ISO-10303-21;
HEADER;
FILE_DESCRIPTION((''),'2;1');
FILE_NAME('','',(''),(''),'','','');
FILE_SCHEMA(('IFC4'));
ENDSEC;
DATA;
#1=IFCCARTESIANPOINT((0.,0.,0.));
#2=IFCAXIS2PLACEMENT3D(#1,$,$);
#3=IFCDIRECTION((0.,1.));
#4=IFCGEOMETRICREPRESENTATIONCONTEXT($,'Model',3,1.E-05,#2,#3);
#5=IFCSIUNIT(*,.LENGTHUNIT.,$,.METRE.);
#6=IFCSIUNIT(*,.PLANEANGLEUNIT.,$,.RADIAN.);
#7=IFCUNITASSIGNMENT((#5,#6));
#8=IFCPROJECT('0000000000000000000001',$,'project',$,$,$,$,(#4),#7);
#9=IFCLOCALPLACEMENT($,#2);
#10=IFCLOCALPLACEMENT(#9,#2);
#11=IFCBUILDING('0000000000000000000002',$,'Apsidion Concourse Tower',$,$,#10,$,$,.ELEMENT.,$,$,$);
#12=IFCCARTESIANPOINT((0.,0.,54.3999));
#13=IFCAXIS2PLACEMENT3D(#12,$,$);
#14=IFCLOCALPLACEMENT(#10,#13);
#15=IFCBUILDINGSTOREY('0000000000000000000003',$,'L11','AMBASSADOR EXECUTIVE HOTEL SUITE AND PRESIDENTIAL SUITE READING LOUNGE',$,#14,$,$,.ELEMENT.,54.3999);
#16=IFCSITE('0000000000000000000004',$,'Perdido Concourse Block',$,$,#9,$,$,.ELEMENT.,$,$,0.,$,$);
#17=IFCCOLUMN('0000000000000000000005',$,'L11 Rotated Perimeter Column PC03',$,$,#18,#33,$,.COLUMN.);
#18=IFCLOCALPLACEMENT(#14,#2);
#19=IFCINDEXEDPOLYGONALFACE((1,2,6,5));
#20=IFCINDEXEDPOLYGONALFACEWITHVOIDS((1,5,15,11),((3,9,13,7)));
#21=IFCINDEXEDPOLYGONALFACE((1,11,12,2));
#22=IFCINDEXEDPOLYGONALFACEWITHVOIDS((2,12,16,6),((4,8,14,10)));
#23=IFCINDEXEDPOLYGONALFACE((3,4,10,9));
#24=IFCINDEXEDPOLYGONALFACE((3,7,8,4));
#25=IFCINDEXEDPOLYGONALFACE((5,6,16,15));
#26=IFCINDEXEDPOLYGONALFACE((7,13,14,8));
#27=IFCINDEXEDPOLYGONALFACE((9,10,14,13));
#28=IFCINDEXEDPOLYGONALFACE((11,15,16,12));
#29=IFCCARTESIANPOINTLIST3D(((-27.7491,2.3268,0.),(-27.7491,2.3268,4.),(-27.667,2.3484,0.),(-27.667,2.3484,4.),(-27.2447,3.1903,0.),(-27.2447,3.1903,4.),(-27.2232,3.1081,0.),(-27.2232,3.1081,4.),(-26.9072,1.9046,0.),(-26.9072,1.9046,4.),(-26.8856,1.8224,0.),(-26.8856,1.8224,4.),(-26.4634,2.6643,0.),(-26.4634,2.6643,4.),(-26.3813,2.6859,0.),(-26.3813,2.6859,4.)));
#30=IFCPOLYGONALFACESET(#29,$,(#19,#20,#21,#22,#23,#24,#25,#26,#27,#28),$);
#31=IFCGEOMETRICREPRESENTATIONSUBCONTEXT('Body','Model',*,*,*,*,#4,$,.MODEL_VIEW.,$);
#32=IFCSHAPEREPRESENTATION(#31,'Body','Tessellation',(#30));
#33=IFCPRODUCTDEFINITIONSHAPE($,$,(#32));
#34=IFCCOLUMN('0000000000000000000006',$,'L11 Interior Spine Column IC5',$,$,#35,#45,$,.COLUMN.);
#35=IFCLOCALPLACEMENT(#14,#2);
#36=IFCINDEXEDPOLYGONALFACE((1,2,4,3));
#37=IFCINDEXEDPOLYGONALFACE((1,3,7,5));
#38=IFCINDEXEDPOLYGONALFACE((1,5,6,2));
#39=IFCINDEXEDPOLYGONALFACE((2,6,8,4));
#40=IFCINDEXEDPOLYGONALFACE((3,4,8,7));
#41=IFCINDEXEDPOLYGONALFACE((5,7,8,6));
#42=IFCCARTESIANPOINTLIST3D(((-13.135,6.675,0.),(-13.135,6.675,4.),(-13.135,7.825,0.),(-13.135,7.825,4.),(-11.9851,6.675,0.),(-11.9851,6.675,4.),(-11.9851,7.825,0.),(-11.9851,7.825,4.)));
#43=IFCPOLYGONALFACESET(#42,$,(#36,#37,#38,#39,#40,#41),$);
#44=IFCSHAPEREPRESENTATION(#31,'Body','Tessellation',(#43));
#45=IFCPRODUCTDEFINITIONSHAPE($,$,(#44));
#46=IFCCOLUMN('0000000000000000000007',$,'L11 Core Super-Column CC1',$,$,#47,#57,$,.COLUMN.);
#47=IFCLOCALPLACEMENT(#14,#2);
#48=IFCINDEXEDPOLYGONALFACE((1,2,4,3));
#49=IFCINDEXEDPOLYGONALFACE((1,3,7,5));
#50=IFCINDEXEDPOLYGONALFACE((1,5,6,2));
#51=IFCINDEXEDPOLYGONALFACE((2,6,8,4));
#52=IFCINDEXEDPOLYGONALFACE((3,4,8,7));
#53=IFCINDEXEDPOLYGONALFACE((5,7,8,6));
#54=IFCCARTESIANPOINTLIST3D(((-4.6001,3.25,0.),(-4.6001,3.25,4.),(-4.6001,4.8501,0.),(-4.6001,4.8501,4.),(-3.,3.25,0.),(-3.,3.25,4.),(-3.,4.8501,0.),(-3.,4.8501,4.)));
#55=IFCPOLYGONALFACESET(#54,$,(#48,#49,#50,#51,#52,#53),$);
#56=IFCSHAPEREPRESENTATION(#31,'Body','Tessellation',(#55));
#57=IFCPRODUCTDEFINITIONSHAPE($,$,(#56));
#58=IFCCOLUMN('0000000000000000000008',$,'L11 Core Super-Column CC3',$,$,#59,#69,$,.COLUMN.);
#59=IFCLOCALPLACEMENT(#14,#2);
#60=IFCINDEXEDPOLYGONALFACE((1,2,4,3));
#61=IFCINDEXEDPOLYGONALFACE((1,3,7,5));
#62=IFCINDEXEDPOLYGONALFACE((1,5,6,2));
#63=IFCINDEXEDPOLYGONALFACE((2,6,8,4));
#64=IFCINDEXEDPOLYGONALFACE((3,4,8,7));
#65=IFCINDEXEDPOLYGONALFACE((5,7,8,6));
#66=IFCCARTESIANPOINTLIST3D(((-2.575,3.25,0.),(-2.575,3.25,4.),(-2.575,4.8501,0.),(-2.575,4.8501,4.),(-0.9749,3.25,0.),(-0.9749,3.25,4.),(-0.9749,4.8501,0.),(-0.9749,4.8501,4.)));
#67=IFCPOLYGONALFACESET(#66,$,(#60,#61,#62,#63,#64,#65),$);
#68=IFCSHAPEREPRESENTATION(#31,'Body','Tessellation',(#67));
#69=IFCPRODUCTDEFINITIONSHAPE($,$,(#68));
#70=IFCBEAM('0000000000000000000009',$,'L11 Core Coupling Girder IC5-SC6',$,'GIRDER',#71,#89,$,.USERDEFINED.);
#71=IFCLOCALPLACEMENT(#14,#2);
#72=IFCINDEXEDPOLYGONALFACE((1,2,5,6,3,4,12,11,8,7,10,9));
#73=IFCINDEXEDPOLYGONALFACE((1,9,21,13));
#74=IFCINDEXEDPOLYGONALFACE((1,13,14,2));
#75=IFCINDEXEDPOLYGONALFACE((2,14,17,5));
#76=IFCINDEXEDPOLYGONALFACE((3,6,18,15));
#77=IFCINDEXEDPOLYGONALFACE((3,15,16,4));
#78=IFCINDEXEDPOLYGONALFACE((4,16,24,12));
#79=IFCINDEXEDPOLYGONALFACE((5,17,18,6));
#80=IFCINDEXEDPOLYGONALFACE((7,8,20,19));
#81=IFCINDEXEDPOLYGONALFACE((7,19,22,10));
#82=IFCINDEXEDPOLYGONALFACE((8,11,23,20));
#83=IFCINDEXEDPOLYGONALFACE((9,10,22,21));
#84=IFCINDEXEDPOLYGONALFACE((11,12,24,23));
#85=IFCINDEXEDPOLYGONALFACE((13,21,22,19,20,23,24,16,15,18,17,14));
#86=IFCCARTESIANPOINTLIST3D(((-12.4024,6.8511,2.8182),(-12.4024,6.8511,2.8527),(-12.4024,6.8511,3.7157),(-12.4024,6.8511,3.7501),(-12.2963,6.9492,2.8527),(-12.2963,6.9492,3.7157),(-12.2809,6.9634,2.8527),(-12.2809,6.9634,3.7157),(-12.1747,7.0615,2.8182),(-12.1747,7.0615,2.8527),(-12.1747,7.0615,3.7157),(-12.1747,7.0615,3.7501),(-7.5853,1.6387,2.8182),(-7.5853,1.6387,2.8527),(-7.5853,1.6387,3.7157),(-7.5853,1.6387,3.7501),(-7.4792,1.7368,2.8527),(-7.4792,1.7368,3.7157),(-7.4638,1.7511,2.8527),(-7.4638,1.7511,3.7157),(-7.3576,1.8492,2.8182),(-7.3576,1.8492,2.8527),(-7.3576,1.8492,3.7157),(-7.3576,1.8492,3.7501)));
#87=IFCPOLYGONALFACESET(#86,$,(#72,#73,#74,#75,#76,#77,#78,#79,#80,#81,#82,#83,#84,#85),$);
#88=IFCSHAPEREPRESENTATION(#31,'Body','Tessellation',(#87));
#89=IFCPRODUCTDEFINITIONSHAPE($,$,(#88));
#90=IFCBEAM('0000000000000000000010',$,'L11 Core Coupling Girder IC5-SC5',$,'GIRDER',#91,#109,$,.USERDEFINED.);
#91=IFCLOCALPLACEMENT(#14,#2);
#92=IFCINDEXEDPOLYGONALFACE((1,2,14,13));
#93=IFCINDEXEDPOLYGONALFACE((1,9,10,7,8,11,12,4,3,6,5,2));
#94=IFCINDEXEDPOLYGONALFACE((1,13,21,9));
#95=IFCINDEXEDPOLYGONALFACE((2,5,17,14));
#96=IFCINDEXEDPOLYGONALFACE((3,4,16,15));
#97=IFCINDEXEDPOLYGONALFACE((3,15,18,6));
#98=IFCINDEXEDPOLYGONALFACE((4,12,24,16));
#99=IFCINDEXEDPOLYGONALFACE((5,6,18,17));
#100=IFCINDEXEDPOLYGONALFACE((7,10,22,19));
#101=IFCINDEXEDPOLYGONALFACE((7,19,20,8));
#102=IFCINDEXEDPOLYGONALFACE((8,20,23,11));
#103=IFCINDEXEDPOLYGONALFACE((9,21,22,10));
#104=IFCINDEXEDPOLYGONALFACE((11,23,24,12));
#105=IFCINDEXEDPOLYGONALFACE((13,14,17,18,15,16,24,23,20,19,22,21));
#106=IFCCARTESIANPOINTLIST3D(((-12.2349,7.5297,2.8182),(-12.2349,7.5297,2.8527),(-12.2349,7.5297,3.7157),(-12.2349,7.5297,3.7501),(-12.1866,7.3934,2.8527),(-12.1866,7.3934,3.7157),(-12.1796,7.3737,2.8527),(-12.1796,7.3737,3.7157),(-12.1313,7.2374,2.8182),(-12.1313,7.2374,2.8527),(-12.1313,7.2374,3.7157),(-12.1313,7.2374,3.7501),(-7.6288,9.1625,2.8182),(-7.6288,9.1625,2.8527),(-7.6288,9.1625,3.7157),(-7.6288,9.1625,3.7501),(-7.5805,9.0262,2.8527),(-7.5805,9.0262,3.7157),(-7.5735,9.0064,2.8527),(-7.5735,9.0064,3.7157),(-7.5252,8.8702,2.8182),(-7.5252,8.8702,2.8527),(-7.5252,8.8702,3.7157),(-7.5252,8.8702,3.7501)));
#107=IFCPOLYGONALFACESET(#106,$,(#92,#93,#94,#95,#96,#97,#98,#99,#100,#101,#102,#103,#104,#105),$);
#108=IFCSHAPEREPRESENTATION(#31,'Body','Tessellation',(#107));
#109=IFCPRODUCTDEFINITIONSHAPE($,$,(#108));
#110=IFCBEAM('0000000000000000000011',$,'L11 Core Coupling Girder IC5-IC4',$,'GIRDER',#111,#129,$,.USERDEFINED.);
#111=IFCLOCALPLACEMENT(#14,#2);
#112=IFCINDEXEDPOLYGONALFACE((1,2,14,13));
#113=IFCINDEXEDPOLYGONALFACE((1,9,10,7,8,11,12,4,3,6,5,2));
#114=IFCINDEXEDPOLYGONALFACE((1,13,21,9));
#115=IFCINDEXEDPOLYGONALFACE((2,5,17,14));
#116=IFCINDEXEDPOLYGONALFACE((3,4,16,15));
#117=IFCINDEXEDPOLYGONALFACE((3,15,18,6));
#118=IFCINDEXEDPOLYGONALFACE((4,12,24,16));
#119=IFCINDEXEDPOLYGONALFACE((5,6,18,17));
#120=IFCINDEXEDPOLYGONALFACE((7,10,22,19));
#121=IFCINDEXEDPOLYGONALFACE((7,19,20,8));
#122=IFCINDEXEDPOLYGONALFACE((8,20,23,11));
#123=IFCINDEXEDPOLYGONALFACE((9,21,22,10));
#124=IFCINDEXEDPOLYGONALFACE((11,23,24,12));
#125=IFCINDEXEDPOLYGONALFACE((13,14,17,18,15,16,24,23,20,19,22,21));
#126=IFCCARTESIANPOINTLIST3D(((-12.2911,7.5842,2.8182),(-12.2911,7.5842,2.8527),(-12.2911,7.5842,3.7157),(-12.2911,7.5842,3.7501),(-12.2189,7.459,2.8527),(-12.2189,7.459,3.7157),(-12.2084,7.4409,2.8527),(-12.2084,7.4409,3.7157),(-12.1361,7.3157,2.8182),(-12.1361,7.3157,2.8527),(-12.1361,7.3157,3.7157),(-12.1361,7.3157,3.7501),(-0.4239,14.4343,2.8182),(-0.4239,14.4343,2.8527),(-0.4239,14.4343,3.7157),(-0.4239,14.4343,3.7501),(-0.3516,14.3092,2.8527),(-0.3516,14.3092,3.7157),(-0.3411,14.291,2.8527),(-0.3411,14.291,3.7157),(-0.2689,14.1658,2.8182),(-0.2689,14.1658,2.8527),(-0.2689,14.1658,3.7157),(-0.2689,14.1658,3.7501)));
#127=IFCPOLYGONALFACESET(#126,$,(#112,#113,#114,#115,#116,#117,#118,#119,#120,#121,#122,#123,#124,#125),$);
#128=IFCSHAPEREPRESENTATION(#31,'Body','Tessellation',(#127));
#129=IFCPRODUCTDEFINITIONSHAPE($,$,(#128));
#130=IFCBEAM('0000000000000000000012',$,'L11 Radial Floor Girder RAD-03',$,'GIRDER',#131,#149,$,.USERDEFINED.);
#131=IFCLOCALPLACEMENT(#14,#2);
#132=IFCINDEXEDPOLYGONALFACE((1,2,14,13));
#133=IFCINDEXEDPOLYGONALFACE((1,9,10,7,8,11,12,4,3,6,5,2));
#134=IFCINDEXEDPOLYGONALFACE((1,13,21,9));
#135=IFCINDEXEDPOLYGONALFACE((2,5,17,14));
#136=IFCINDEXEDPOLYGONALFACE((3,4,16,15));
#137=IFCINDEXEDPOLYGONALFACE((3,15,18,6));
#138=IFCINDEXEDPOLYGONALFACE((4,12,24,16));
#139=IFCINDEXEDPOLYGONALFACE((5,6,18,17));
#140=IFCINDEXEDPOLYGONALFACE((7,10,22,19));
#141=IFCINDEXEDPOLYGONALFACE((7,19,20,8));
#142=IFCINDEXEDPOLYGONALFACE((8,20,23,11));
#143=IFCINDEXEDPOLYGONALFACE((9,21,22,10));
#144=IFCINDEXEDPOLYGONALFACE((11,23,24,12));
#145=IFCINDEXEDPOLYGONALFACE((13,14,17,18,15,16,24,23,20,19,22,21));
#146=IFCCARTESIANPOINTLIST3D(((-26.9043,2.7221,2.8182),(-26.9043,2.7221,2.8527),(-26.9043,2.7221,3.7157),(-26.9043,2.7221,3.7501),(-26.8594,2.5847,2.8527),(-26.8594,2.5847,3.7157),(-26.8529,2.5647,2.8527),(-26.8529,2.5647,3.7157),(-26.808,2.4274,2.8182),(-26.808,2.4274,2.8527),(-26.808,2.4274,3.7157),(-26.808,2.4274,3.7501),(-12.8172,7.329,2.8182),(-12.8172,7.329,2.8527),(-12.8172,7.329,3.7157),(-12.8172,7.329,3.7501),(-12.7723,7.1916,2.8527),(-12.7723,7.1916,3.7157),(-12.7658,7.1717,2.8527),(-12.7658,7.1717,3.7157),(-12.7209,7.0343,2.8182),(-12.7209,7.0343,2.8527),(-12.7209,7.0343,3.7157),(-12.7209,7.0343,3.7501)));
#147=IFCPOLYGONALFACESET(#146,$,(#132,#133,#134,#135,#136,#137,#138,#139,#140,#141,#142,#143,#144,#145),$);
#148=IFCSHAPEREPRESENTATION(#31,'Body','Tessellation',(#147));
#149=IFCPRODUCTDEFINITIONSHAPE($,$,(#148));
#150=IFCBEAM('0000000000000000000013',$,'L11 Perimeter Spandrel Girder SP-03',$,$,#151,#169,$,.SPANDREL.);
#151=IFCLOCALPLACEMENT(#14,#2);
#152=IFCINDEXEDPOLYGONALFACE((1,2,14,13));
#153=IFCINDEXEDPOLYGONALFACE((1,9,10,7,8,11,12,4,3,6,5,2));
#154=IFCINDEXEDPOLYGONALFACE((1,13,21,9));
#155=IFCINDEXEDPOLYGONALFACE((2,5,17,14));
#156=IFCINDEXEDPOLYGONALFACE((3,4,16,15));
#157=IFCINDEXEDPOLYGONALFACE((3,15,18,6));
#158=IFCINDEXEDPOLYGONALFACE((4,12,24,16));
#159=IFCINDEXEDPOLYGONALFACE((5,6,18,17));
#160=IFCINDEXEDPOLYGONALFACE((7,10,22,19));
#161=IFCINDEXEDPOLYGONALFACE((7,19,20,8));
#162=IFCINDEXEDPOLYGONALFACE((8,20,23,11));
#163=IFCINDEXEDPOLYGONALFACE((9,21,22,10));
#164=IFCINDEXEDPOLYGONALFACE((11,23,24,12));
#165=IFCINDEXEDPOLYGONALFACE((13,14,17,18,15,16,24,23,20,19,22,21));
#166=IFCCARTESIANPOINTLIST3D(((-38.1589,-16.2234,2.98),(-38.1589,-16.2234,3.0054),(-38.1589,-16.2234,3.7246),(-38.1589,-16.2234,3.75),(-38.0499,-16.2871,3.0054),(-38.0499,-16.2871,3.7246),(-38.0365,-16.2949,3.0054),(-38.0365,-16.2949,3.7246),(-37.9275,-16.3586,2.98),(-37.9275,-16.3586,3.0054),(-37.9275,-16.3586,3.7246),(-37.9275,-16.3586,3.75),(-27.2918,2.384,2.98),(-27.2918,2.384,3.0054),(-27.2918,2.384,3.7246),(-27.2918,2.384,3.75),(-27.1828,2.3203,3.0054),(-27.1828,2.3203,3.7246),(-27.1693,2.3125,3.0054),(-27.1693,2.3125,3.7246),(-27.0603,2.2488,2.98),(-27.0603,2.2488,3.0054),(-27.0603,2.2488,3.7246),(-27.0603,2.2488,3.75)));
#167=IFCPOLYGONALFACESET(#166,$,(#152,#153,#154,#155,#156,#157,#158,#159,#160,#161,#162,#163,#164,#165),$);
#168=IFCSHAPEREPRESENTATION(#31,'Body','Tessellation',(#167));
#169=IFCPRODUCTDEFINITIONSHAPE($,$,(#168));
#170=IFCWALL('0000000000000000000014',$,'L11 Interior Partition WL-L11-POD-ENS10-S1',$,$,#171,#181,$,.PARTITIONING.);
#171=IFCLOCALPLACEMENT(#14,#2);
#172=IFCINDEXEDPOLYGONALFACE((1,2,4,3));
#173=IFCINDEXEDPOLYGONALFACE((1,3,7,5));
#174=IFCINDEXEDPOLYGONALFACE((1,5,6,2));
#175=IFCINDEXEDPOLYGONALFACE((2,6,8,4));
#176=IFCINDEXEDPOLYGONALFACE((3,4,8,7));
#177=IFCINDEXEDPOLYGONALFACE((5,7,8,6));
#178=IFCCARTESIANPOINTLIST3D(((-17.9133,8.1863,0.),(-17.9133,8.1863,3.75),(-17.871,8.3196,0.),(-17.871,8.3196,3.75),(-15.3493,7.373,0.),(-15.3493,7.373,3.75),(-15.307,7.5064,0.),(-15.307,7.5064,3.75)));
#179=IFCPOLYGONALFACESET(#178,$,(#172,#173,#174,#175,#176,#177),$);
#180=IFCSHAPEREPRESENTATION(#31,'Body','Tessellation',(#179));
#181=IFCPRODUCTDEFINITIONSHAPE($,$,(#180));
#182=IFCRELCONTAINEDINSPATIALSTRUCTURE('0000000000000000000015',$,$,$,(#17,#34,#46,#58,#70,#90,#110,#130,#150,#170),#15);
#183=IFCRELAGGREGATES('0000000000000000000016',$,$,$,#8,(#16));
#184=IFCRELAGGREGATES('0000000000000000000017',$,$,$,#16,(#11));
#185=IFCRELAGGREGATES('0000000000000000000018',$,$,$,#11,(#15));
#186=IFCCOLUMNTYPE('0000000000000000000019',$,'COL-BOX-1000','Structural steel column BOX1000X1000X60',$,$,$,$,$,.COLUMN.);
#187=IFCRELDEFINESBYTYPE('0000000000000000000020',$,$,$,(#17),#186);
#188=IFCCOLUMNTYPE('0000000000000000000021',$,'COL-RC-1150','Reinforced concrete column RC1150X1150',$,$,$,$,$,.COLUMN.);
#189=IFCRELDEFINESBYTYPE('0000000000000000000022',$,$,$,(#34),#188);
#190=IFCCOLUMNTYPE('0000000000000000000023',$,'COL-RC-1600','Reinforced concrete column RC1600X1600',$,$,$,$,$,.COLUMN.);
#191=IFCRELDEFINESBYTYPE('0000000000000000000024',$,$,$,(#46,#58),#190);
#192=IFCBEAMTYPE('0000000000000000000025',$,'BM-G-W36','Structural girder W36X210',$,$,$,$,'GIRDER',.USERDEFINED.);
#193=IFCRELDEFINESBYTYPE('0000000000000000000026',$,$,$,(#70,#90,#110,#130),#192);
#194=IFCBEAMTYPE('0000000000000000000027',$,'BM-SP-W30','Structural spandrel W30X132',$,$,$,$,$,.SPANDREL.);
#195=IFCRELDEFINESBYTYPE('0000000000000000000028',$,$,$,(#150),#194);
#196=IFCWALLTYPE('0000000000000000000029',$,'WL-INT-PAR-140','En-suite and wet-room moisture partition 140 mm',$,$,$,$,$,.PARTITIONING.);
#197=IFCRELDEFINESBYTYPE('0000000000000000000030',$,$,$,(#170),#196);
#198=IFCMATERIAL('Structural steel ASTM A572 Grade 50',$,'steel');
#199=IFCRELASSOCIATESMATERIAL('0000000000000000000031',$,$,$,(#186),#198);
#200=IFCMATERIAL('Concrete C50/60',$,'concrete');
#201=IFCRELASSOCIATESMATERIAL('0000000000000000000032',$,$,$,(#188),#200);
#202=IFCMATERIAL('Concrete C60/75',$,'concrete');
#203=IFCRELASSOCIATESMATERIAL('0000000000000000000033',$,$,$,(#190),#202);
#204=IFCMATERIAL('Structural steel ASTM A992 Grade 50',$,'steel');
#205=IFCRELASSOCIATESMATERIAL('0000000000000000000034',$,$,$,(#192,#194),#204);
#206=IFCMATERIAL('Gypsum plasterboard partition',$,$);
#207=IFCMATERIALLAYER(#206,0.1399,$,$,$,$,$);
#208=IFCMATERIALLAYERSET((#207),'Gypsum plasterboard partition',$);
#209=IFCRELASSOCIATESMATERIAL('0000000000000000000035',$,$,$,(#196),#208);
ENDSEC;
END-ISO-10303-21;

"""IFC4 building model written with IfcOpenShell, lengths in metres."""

from ifc_helpers import new_model, si_unit, direction, frame, frame_2d, origin, origin_2d, place, context, subcontext, project, spatial, rectangle, hollow_rectangle, i_section, extrude, material, layer, layer_set, material_profile, profile_set, type_object, element, save


model = new_model("IFC4")

# Units and contexts
model_context = context("Model", 3, precision=1e-05, world=origin(), true_north=direction((0.0, 1.0)))
body_context = subcontext(model_context, "Body", "Model", "MODEL_VIEW")
ifc_project = project(units=[si_unit("LENGTHUNIT", "METRE"), si_unit("PLANEANGLEUNIT", "RADIAN")], contexts=[model_context])

# Site, building, storey
site_placement = place(None, origin())
site = spatial("IfcSite", under=ifc_project, at=site_placement, Name="Perdido Concourse Block", CompositionType="ELEMENT", RefElevation=0.0)
building_placement = place(site_placement, origin())
building = spatial("IfcBuilding", under=site, at=building_placement, Name="Apsidion Concourse Tower", CompositionType="ELEMENT")
storey_placement = place(building_placement, frame((0.0, 0.0, 54.3999)))
storey = spatial("IfcBuildingStorey", under=building, at=storey_placement, Name="L11", Description="AMBASSADOR EXECUTIVE HOTEL SUITE AND PRESIDENTIAL SUITE READING LOUNGE", CompositionType="ELEMENT", Elevation=54.3999)

# Columns
ifc_material_1 = material(Name="Structural steel ASTM A572 Grade 50", Category="steel")
ifc_material_profile_1 = material_profile(ifc_material_1, hollow_rectangle(XDim=1.0, YDim=1.0, WallThickness=0.0601, at=origin_2d()), Name="BOX1000X1000X60")
ifc_profile_set_1 = profile_set([ifc_material_profile_1], Name="Structural steel ASTM A572 Grade 50")
column_type_1 = type_object("IfcColumnType", Name="COL-BOX-1000", Description="Structural steel column BOX1000X1000X60", PredefinedType="COLUMN", material=ifc_profile_set_1)
column_1_placement = place(storey_placement, frame((-27.0652, 2.5063, 0.0), z_axis=(0.0, 0.0, 1.0), x_axis=(0.504377, 0.863484, 0.0)))
element("IfcColumn", 1, at=column_1_placement, inside=storey, type_object=column_type_1, Name="L11 Rotated Perimeter Column PC03", PredefinedType="COLUMN", context=body_context, shape_type="SweptSolid", body=[
    extrude(hollow_rectangle(XDim=1.0, YDim=1.0, WallThickness=0.0601, at=origin_2d()), origin(), (0.0, 0.0, 1.0), 4.0),
])
ifc_material_2 = material(Name="Concrete C50/60", Category="concrete")
ifc_material_profile_2 = material_profile(ifc_material_2, rectangle(XDim=1.1499, YDim=1.1499, at=origin_2d()), Name="RC 1150x1150")
ifc_profile_set_2 = profile_set([ifc_material_profile_2], Name="Concrete C50/60")
column_type_2 = type_object("IfcColumnType", Name="COL-RC-1150", Description="Reinforced concrete column RC1150X1150", PredefinedType="COLUMN", material=ifc_profile_set_2)
column_2_placement = place(storey_placement, frame((-12.5601, 7.25, 0.0), z_axis=(0.0, 0.0, 1.0), x_axis=(1.0, 0.0, 0.0)))
element("IfcColumn", 2, at=column_2_placement, inside=storey, type_object=column_type_2, Name="L11 Interior Spine Column IC5", PredefinedType="COLUMN", context=body_context, shape_type="SweptSolid", body=[
    extrude(rectangle(XDim=1.1499, YDim=1.1499, at=origin_2d()), origin(), (0.0, 0.0, 1.0), 4.0),
])
ifc_material_3 = material(Name="Concrete C60/75", Category="concrete")
ifc_material_profile_3 = material_profile(ifc_material_3, rectangle(XDim=1.6001, YDim=1.6001, at=origin_2d()), Name="RC 1600x1600")
ifc_profile_set_3 = profile_set([ifc_material_profile_3], Name="Concrete C60/75")
column_type_3 = type_object("IfcColumnType", Name="COL-RC-1600", Description="Reinforced concrete column RC1600X1600", PredefinedType="COLUMN", material=ifc_profile_set_3)
for number, where, z_axis, x_axis, name in (
    (3, (-3.8, 4.05, 0.0), (0.0, 0.0, 1.0), (1.0, 0.0, 0.0), "L11 Core Super-Column CC1"),
    (4, (-1.7749, 4.05, 0.0), (0.0, 0.0, 1.0), (1.0, 0.0, 0.0), "L11 Core Super-Column CC3"),
):
    element("IfcColumn", number, at=place(storey_placement, frame(where, z_axis=z_axis, x_axis=x_axis)), inside=storey, type_object=column_type_3, Name=name, PredefinedType="COLUMN", context=body_context, shape_type="SweptSolid", body=[
        extrude(rectangle(XDim=1.6001, YDim=1.6001, at=origin_2d()), origin(), (0.0, 0.0, 1.0), 4.0),
    ])

# Beams
ifc_material_4 = material(Name="Structural steel ASTM A992 Grade 50", Category="steel")
ifc_material_profile_4 = material_profile(ifc_material_4, i_section(OverallWidth=0.3101, OverallDepth=0.9319, WebThickness=0.021, FlangeThickness=0.0344, at=origin_2d()), Name="W36X210")
ifc_profile_set_4 = profile_set([ifc_material_profile_4], Name="Structural steel ASTM A992 Grade 50")
beam_type_1 = type_object("IfcBeamType", Name="BM-G-W36", Description="Structural girder W36X210", ElementType="GIRDER", PredefinedType="USERDEFINED", material=ifc_profile_set_4)
beam_1_placement = place(storey_placement, frame((-12.2886, 6.9563, 3.2842), z_axis=(0.678713, -0.734404, 0.0), x_axis=(0.734404, 0.678713, 0.0)))
element("IfcBeam", 5, at=beam_1_placement, inside=storey, type_object=beam_type_1, Name="L11 Core Coupling Girder IC5-SC6", ObjectType="GIRDER", PredefinedType="USERDEFINED", context=body_context, shape_type="SweptSolid", body=[
    extrude(i_section(OverallWidth=0.3101, OverallDepth=0.9319, WebThickness=0.021, FlangeThickness=0.0344, at=origin_2d()), origin(), (0.0, 0.0, 1.0), 7.0974),
])
beam_2_placement = place(storey_placement, frame((-12.1831, 7.3835, 3.2842), z_axis=(0.942534, 0.334111, 0.0), x_axis=(-0.334111, 0.942534, 0.0)))
element("IfcBeam", 6, at=beam_2_placement, inside=storey, type_object=beam_type_1, Name="L11 Core Coupling Girder IC5-SC5", ObjectType="GIRDER", PredefinedType="USERDEFINED", context=body_context, shape_type="SweptSolid", body=[
    extrude(i_section(OverallWidth=0.3101, OverallDepth=0.9319, WebThickness=0.021, FlangeThickness=0.0344, at=origin_2d()), origin(), (0.0, 0.0, 1.0), 4.887),
])
beam_3_placement = place(storey_placement, frame((-12.2136, 7.45, 3.2842), z_axis=(0.86607, 0.499922, 0.0), x_axis=(-0.499922, 0.86607, 0.0)))
element("IfcBeam", 7, at=beam_3_placement, inside=storey, type_object=beam_type_1, Name="L11 Core Coupling Girder IC5-IC4", ObjectType="GIRDER", PredefinedType="USERDEFINED", context=body_context, shape_type="SweptSolid", body=[
    extrude(i_section(OverallWidth=0.3101, OverallDepth=0.9319, WebThickness=0.021, FlangeThickness=0.0344, at=origin_2d()), origin(), (0.0, 0.0, 1.0), 13.7024),
])
beam_4_placement = place(storey_placement, frame((-12.769, 7.1816, 3.2842), z_axis=(-0.950465, -0.310831, 0.0), x_axis=(0.310831, -0.950465, 0.0)))
element("IfcBeam", 8, at=beam_4_placement, inside=storey, type_object=beam_type_1, Name="L11 Radial Floor Girder RAD-03", ObjectType="GIRDER", PredefinedType="USERDEFINED", context=body_context, shape_type="SweptSolid", body=[
    extrude(i_section(OverallWidth=0.3101, OverallDepth=0.9319, WebThickness=0.021, FlangeThickness=0.0344, at=origin_2d()), origin(), (0.0, 0.0, 1.0), 14.8213),
])
ifc_material_profile_5 = material_profile(ifc_material_4, i_section(OverallWidth=0.2681, OverallDepth=0.77, WebThickness=0.0156, FlangeThickness=0.0254, at=origin_2d()), Name="W30X132")
ifc_profile_set_5 = profile_set([ifc_material_profile_5], Name="Structural steel ASTM A992 Grade 50")
beam_type_2 = type_object("IfcBeamType", Name="BM-SP-W30", Description="Structural spandrel W30X132", PredefinedType="SPANDREL", material=ifc_profile_set_5)
beam_5_placement = place(storey_placement, frame((-27.176, 2.3164, 3.365), z_axis=(-0.504316, -0.863519, 0.0), x_axis=(0.863519, -0.504316, 0.0)))
element("IfcBeam", 9, at=beam_5_placement, inside=storey, type_object=beam_type_2, Name="L11 Perimeter Spandrel Girder SP-03", PredefinedType="SPANDREL", context=body_context, shape_type="SweptSolid", body=[
    extrude(i_section(OverallWidth=0.2681, OverallDepth=0.77, WebThickness=0.0156, FlangeThickness=0.0254, at=origin_2d()), origin(), (0.0, 0.0, 1.0), 21.5483),
])

# Wall
ifc_material_5 = material(Name="Gypsum plasterboard partition")
ifc_layer_1 = layer(ifc_material_5, 0.1399)
ifc_layer_set_1 = layer_set([ifc_layer_1], Name="Gypsum plasterboard partition")
wall_type_1 = type_object("IfcWallType", Name="WL-INT-PAR-140", Description="En-suite and wet-room moisture partition 140 mm", PredefinedType="PARTITIONING", material=ifc_layer_set_1)
wall_1_placement = place(storey_placement, frame((-15.3281, 7.4397, 0.0), z_axis=(0.0, 0.0, 1.0), x_axis=(-0.953202, 0.302334, 0.0)))
element("IfcWall", 10, at=wall_1_placement, inside=storey, type_object=wall_type_1, Name="L11 Interior Partition WL-L11-POD-ENS10-S1", PredefinedType="PARTITIONING", context=body_context, shape_type="SweptSolid", body=[
    extrude(rectangle(XDim=2.6899, YDim=0.1399, at=frame_2d((1.345, 0.0))), origin(), (0.0, 0.0, 1.0), 3.75),
])

save(model, "model.ifc")
